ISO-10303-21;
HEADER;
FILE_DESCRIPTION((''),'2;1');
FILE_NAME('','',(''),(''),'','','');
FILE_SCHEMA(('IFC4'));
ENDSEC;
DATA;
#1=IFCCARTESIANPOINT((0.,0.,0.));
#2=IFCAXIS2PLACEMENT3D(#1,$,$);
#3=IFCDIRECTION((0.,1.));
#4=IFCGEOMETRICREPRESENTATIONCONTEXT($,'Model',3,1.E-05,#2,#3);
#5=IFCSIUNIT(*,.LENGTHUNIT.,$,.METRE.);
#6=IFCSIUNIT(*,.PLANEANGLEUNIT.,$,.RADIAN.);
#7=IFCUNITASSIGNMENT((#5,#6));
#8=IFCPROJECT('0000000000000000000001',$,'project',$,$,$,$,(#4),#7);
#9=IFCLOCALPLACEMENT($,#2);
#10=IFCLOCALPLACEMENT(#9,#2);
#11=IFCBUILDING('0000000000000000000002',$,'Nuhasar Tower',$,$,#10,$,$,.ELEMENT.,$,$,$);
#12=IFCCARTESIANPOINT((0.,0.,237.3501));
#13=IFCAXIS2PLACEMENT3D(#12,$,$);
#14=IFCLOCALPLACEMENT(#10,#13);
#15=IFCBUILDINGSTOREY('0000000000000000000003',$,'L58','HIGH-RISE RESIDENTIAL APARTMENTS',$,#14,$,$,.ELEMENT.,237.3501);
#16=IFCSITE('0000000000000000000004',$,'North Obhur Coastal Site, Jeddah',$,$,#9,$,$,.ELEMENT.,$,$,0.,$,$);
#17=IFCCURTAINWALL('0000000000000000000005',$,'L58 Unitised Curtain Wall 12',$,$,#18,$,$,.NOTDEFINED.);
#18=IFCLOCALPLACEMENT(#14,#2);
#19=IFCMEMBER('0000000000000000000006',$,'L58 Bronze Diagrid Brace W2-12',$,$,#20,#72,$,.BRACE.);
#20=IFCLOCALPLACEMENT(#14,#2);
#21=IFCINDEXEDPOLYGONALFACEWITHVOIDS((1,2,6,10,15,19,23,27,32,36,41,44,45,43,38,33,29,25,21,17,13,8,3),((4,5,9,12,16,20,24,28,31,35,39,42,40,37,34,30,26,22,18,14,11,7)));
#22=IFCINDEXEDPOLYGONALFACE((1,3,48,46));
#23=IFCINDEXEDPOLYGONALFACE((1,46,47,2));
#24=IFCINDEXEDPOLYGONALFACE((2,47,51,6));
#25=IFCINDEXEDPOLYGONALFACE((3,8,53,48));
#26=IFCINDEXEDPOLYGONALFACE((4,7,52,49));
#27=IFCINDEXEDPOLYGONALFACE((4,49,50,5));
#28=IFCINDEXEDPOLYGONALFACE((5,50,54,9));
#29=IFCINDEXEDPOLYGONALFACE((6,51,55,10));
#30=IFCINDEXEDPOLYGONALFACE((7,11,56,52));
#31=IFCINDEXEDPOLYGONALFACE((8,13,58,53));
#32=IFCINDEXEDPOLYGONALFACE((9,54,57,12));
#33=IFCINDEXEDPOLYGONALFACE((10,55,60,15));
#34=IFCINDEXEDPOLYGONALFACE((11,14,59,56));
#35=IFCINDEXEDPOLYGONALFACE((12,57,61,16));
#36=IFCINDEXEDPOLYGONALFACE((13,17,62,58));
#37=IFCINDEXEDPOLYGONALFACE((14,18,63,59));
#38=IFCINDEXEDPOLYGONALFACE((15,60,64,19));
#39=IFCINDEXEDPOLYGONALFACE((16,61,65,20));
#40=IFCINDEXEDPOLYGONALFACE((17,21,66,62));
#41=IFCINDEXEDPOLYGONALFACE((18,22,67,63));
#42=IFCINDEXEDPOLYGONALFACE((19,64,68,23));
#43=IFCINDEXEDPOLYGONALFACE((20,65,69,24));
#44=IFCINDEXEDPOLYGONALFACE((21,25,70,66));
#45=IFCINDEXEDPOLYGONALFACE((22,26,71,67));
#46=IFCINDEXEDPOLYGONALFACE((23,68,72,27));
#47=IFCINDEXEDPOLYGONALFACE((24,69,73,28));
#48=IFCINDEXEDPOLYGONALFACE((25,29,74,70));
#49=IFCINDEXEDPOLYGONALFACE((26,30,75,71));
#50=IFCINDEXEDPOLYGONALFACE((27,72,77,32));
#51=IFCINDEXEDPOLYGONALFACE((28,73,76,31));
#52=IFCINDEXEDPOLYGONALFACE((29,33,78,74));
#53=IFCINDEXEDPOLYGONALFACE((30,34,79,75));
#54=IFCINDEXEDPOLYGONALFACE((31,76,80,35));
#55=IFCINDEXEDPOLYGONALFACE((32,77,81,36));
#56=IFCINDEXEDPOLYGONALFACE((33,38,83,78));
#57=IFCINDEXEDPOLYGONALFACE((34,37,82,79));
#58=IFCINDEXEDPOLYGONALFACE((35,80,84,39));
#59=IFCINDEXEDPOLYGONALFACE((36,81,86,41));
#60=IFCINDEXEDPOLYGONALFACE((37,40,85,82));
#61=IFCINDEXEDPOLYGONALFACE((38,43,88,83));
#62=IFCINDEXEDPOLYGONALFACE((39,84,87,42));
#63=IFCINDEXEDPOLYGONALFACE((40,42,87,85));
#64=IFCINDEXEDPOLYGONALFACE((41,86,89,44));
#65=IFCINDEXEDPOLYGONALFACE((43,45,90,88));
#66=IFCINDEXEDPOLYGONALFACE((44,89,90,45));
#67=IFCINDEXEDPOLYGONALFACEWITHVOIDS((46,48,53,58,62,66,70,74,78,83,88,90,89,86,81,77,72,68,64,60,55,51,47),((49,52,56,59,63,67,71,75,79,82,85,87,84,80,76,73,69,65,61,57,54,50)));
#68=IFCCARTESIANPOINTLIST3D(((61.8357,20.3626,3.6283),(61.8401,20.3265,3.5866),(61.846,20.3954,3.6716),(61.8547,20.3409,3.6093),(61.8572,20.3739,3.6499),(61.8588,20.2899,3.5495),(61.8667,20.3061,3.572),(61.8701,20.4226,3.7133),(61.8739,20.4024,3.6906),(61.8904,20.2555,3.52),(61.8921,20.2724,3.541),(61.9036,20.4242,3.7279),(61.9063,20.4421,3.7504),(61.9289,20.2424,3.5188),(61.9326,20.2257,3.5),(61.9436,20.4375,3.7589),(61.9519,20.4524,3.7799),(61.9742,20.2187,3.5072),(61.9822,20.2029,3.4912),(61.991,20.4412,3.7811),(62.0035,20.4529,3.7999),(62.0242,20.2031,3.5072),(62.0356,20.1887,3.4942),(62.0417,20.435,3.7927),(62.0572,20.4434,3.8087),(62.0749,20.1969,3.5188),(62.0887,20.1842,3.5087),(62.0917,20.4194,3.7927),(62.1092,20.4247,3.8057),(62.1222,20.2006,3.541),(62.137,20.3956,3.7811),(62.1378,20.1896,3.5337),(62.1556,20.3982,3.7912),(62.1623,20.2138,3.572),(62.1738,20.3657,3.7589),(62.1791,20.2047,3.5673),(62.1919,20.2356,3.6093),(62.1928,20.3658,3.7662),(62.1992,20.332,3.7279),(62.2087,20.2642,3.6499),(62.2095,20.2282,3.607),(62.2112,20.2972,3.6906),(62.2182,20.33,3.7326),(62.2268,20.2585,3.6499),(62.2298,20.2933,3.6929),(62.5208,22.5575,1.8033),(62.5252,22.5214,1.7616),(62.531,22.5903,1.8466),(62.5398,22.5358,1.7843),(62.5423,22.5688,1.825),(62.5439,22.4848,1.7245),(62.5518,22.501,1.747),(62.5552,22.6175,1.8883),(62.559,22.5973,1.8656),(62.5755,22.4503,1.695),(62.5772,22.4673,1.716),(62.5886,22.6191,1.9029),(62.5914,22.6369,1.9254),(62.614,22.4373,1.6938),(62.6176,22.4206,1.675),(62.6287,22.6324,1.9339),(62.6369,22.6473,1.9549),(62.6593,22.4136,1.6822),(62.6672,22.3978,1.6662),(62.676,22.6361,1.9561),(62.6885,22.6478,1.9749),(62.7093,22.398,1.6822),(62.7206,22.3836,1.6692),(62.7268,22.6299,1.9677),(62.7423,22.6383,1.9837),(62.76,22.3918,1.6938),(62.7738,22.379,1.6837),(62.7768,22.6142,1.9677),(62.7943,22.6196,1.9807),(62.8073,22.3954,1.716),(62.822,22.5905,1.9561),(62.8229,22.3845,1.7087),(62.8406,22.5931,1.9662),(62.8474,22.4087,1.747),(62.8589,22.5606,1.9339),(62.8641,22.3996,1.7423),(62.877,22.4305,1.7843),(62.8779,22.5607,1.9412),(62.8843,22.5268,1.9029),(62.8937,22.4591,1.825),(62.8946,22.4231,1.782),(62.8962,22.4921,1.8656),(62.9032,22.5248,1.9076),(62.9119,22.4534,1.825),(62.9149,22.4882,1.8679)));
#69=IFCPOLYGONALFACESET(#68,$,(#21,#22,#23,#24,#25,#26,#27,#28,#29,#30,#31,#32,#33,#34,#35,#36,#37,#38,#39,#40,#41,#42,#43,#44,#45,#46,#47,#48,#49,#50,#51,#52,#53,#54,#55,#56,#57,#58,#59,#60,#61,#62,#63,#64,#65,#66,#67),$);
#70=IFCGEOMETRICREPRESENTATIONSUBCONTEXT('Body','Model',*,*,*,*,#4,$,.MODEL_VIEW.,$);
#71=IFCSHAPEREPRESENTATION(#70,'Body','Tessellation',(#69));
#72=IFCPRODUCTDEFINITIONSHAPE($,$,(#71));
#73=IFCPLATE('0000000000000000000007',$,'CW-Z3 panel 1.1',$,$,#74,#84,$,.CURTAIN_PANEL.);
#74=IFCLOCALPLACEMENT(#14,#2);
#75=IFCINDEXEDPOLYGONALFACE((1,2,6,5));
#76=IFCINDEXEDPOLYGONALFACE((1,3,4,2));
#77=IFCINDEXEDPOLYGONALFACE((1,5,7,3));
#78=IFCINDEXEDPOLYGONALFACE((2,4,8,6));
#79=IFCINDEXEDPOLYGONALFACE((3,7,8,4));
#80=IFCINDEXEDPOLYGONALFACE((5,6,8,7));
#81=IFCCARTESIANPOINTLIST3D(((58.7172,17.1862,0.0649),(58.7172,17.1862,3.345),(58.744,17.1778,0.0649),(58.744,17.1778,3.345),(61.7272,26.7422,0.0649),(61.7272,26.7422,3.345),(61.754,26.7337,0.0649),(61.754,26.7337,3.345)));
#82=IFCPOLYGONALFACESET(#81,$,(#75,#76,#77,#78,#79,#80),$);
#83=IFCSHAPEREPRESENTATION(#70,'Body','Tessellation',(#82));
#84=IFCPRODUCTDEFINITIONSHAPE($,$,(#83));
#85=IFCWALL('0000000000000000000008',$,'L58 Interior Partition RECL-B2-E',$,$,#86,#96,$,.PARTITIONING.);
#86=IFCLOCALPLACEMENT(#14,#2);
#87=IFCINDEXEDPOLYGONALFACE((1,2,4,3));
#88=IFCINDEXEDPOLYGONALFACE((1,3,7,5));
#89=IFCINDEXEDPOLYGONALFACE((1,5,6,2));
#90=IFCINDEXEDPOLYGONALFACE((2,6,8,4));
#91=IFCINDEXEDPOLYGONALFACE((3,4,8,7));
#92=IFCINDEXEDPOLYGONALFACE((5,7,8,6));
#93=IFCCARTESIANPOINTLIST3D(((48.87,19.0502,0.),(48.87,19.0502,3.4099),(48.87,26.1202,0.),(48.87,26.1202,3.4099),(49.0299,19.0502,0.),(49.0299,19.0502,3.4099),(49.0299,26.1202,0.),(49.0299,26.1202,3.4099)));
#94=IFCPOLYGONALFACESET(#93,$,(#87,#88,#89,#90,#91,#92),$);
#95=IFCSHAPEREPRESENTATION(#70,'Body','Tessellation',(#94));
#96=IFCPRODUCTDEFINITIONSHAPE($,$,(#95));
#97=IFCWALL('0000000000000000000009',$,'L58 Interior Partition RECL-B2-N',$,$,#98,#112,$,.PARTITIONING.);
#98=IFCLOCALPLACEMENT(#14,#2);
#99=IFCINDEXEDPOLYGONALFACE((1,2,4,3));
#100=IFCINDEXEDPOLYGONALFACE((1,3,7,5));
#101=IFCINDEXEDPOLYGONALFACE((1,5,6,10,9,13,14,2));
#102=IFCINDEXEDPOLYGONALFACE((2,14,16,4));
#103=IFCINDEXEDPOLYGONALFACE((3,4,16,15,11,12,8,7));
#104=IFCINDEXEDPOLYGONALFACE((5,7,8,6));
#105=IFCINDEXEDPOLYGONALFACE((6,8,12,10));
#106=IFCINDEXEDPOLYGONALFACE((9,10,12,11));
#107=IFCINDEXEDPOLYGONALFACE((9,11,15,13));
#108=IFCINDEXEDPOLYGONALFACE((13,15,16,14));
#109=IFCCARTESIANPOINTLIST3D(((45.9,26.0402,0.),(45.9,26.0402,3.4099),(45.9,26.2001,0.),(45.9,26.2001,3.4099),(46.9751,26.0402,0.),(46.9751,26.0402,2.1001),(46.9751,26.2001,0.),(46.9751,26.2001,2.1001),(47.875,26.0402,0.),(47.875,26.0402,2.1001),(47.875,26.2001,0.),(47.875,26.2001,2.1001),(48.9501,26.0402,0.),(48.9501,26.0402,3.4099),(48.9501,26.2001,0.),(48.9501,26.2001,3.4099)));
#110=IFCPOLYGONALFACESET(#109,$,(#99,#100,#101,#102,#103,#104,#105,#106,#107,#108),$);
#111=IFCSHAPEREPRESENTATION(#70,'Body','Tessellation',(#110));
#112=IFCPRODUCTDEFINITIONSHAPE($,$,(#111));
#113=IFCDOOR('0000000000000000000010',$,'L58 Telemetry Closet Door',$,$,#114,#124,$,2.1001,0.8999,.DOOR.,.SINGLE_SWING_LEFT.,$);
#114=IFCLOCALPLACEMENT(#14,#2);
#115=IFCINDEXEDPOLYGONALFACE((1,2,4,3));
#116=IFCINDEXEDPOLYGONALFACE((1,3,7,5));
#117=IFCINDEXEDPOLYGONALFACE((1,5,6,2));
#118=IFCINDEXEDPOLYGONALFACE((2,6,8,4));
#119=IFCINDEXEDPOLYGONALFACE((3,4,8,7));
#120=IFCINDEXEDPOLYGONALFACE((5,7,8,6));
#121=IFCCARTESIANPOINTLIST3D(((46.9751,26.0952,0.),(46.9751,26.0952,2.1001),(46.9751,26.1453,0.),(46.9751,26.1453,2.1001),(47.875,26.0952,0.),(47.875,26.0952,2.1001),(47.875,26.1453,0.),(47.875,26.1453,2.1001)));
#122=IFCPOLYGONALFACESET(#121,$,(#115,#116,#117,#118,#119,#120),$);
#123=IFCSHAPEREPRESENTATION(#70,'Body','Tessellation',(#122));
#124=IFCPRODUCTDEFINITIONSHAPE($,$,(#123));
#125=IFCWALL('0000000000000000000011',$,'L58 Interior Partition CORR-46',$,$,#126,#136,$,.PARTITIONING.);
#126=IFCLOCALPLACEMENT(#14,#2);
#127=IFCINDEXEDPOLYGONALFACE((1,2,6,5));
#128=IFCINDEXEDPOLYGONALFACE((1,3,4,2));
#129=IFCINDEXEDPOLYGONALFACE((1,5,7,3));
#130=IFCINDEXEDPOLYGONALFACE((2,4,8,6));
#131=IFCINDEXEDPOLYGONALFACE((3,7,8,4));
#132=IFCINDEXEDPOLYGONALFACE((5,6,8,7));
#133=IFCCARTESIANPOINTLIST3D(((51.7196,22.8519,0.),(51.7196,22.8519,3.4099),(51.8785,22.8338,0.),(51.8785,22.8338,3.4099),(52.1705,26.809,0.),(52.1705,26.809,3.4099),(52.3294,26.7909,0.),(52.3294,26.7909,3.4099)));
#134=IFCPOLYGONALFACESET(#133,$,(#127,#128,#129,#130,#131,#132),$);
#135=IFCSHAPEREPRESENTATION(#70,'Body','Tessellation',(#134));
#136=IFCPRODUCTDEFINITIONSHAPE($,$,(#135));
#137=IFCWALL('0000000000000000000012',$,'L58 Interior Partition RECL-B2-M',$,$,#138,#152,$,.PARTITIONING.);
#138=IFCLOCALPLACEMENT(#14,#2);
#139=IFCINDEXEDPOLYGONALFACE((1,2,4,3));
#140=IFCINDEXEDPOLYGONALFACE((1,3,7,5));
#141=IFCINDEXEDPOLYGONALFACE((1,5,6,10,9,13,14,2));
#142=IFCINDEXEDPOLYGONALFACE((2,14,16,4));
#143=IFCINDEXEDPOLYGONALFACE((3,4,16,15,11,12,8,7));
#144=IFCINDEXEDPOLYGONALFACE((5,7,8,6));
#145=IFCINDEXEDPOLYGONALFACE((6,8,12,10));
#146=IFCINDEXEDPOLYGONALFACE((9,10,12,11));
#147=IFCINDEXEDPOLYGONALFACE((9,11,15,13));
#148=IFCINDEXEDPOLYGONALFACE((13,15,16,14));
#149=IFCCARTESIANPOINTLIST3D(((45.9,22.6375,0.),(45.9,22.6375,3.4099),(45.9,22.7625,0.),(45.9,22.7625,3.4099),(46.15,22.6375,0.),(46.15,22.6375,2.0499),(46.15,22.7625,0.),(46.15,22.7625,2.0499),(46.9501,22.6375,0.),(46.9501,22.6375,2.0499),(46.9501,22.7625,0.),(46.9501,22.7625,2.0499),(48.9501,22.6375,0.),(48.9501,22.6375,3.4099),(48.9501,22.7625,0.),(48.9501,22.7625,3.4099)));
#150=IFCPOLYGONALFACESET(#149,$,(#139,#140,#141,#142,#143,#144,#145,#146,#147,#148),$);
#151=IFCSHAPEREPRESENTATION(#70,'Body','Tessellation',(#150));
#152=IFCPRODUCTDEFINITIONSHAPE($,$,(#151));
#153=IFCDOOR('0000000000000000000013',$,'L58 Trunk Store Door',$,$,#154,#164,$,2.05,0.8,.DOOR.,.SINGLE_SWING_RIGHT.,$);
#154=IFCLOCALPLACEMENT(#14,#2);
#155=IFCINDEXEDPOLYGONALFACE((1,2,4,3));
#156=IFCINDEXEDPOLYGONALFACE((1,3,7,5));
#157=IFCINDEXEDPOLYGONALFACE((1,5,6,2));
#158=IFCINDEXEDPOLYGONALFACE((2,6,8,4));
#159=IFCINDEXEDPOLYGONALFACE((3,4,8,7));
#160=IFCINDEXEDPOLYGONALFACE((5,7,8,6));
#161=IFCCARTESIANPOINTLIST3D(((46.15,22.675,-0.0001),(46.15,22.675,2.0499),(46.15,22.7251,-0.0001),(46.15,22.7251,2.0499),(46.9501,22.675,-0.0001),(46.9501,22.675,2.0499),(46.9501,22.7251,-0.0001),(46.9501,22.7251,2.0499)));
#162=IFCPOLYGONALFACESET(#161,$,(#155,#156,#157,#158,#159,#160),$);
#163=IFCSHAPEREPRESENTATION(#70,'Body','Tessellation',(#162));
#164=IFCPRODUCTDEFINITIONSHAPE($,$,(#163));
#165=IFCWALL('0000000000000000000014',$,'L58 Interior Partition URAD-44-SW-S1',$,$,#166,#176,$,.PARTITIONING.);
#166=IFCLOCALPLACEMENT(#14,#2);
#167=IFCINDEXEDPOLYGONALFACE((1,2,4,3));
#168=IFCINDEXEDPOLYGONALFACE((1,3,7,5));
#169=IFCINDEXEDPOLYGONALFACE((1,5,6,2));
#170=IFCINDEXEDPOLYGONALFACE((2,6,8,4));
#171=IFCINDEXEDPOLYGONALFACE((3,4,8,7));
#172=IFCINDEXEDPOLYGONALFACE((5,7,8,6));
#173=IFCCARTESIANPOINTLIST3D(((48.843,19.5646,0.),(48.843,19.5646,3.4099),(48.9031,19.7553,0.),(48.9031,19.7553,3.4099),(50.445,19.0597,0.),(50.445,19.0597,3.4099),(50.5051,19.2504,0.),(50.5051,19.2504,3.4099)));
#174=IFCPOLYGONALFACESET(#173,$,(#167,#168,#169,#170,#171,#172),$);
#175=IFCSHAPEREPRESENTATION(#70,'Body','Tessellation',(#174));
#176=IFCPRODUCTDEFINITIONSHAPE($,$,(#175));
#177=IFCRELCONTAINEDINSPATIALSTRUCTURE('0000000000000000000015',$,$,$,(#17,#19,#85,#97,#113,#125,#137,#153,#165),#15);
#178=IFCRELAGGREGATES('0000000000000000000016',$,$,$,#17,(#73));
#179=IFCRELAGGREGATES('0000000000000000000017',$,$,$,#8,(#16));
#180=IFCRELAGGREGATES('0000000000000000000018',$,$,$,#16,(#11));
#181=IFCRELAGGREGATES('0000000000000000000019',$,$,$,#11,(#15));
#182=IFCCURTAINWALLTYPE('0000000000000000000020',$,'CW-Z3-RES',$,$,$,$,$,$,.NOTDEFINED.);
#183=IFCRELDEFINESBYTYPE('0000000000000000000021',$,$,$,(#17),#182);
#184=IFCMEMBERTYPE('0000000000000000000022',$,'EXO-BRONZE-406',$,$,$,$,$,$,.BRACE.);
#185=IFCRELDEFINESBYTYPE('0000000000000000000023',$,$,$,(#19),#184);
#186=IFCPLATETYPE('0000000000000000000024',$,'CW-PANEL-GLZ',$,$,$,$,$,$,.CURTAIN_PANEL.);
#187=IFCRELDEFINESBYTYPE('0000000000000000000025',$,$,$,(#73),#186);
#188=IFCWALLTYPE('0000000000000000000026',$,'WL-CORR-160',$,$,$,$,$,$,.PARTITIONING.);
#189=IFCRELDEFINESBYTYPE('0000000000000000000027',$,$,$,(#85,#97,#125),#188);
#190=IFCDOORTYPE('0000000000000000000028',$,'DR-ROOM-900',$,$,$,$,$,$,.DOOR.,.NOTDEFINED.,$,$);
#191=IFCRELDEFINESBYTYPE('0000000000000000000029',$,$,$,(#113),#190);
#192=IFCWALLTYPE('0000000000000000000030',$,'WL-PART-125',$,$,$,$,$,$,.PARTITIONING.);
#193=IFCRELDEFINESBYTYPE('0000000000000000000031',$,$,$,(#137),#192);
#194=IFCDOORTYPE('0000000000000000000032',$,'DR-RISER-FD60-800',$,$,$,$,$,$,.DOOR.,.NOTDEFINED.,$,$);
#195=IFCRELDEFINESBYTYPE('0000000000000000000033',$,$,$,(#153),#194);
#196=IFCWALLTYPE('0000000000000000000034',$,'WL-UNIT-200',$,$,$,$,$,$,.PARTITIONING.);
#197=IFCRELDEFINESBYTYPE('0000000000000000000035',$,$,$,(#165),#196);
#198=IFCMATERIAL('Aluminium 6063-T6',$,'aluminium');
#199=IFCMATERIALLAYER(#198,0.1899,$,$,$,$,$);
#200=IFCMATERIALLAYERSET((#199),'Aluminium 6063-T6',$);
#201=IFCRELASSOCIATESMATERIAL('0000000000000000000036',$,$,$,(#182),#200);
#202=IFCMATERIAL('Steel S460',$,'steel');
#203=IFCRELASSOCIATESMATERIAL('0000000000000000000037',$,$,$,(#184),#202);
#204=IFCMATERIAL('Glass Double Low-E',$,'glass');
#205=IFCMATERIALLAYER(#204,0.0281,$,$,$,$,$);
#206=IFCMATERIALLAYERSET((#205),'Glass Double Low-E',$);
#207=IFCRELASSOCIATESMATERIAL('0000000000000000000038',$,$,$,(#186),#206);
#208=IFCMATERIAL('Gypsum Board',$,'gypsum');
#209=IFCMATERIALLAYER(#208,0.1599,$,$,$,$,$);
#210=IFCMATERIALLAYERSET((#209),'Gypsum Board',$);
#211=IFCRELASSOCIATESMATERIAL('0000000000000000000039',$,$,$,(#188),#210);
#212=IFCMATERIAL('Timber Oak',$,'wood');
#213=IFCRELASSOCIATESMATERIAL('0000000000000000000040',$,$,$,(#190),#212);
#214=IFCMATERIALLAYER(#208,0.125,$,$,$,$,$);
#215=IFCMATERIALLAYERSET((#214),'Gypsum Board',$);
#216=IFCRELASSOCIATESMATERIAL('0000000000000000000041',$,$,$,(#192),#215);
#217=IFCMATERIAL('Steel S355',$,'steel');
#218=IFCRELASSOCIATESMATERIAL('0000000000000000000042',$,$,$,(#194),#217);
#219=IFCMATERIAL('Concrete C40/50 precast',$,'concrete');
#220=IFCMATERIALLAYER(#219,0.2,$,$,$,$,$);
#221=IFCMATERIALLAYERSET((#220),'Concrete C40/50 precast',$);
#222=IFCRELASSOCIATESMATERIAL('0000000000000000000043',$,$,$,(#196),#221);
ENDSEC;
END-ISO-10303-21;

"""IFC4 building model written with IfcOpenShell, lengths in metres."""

from ifc_helpers import new_model, si_unit, direction, frame, frame_2d, origin, origin_2d, place, context, subcontext, project, spatial, rectangle, hollow_circle, extrude, material, layer, layer_set, material_profile, profile_set, type_object, element, fill, aggregate, save


model = new_model("IFC4")

# Units and contexts
model_context = context("Model", 3, precision=1e-05, world=origin(), true_north=direction((0.0, 1.0)))
body_context = subcontext(model_context, "Body", "Model", "MODEL_VIEW")
ifc_project = project(units=[si_unit("LENGTHUNIT", "METRE"), si_unit("PLANEANGLEUNIT", "RADIAN")], contexts=[model_context])

# Site, building, storey
site_placement = place(None, origin())
site = spatial("IfcSite", under=ifc_project, at=site_placement, Name="North Obhur Coastal Site, Jeddah", CompositionType="ELEMENT", RefElevation=0.0)
building_placement = place(site_placement, origin())
building = spatial("IfcBuilding", under=site, at=building_placement, Name="Nuhasar Tower", CompositionType="ELEMENT")
storey_placement = place(building_placement, frame((0.0, 0.0, 237.3501)))
storey = spatial("IfcBuildingStorey", under=building, at=storey_placement, Name="L58", Description="HIGH-RISE RESIDENTIAL APARTMENTS", CompositionType="ELEMENT", Elevation=237.3501)

# Shared definitions
ifc_material_1 = material(Name="Steel S355", Category="steel")

# Curtain wall
ifc_material_2 = material(Name="Aluminium 6063-T6", Category="aluminium")
ifc_layer_1 = layer(ifc_material_2, 0.1899)
ifc_layer_set_1 = layer_set([ifc_layer_1], Name="Aluminium 6063-T6")
curtain_wall_type = type_object("IfcCurtainWallType", Name="CW-Z3-RES", PredefinedType="NOTDEFINED", material=ifc_layer_set_1)
curtain_wall_placement = place(storey_placement, origin())
curtain_wall = element("IfcCurtainWall", 1, at=curtain_wall_placement, inside=storey, type_object=curtain_wall_type, Name="L58 Unitised Curtain Wall 12", PredefinedType="NOTDEFINED")

# Member
ifc_material_3 = material(Name="Steel S460", Category="steel")
ifc_material_profile_1 = material_profile(ifc_material_3, hollow_circle(Radius=0.2031, WallThickness=0.019, at=origin_2d()), Name="HSS406.4X19.1")
ifc_profile_set_1 = profile_set([ifc_material_profile_1], Name="Steel S460")
member_type_1 = type_object("IfcMemberType", Name="EXO-BRONZE-406", PredefinedType="BRACE", material=ifc_profile_set_1)
for number, where, z_axis, x_axis, name in (
    (2, (62.718, 22.5139, 1.825), (-0.233372, -0.74769, 0.621689), (0.954582, -0.297948, 0.0), "L58 Bronze Diagrid Brace W2-12"),
):
    element("IfcMember", number, at=place(storey_placement, frame(where, z_axis=z_axis, x_axis=x_axis)), inside=storey, type_object=member_type_1, Name=name, PredefinedType="BRACE", context=body_context, shape_type="SweptSolid", body=[
        extrude(hollow_circle(Radius=0.2031, WallThickness=0.019, at=origin_2d()), origin(), (0.0, 0.0, 1.0), 2.9355),
    ])

# Plate
ifc_material_4 = material(Name="Glass Double Low-E", Category="glass")
ifc_layer_2 = layer(ifc_material_4, 0.0281)
ifc_layer_set_2 = layer_set([ifc_layer_2], Name="Glass Double Low-E")
plate_type = type_object("IfcPlateType", Name="CW-PANEL-GLZ", PredefinedType="CURTAIN_PANEL", material=ifc_layer_set_2)
plate_placement = place(storey_placement, frame((60.2356, 21.96, 0.0649), z_axis=(0.0, 0.0, 1.0), x_axis=(0.300429, 0.953804, 0.0)))
plate = element("IfcPlate", 3, at=plate_placement, type_object=plate_type, Name="CW-Z3 panel 1.1", PredefinedType="CURTAIN_PANEL", context=body_context, shape_type="SweptSolid", body=[
    extrude(rectangle(XDim=10.0188, YDim=0.0281, at=origin_2d()), origin(), (0.0, 0.0, 1.0), 3.28),
])
aggregate(curtain_wall, [plate])

# Wall
ifc_material_5 = material(Name="Gypsum Board", Category="gypsum")
ifc_layer_3 = layer(ifc_material_5, 0.1599)
ifc_layer_set_3 = layer_set([ifc_layer_3], Name="Gypsum Board")
wall_type_1 = type_object("IfcWallType", Name="WL-CORR-160", PredefinedType="PARTITIONING", material=ifc_layer_set_3)
wall_1_placement = place(storey_placement, frame((48.95, 19.05, 0.0), z_axis=(0.0, 0.0, 1.0), x_axis=(0.0, 1.0, 0.0)))
element("IfcWall", 4, at=wall_1_placement, inside=storey, type_object=wall_type_1, Name="L58 Interior Partition RECL-B2-E", PredefinedType="PARTITIONING", context=body_context, shape_type="SweptSolid", body=[
    extrude(rectangle(XDim=7.0701, YDim=0.1599, at=frame_2d((3.5352, 0.0))), origin(), (0.0, 0.0, 1.0), 3.4099),
])

# Wall, opening, door
wall_2_placement = place(storey_placement, frame((48.95, 26.1201, 0.0), z_axis=(0.0, 0.0, 1.0), x_axis=(-1.0, 0.0, 0.0)))
wall_2 = element("IfcWall", 5, at=wall_2_placement, inside=storey, type_object=wall_type_1, Name="L58 Interior Partition RECL-B2-N", PredefinedType="PARTITIONING", context=body_context, shape_type="SweptSolid", body=[
    extrude(rectangle(XDim=3.05, YDim=0.1599, at=frame_2d((1.5249, 0.0))), origin(), (0.0, 0.0, 1.0), 3.4099),
])
opening_1_placement = place(wall_2_placement, frame((1.075, 0.0, 0.0)))
opening_1 = element("IfcOpeningElement", 6, at=opening_1_placement, cuts=wall_2, PredefinedType="OPENING", context=body_context, shape_type="SweptSolid", body=[
    extrude(rectangle(XDim=0.8999, YDim=2.1001, at=frame_2d((0.45, 1.05))), frame((0.0, 0.0898, 0.0), z_axis=(0.0, -1.0, 0.0), x_axis=(1.0, 0.0, 0.0)), (0.0, 0.0, 1.0), 0.1799),
])
ifc_material_6 = material(Name="Timber Oak", Category="wood")
door_type_1 = type_object("IfcDoorType", Name="DR-ROOM-900", OperationType="NOTDEFINED", PredefinedType="DOOR", material=ifc_material_6)
door_1_placement = place(opening_1_placement, origin())
door_1 = element("IfcDoor", 7, at=door_1_placement, inside=storey, type_object=door_type_1, Name="L58 Telemetry Closet Door", OperationType="SINGLE_SWING_LEFT", OverallHeight=2.1001, OverallWidth=0.8999, PredefinedType="DOOR", context=body_context, shape_type="SweptSolid", body=[
    extrude(rectangle(XDim=0.8999, YDim=2.1001, at=frame_2d((0.45, 1.05))), frame((0.0, 0.0249, 0.0), z_axis=(0.0, -1.0, 0.0), x_axis=(1.0, 0.0, 0.0)), (0.0, 0.0, 1.0), 0.05),
])
fill(opening_1, door_1)

# Wall
wall_3_placement = place(storey_placement, frame((51.7991, 22.843, 0.0), z_axis=(0.0, 0.0, 1.0), x_axis=(0.113223, 0.99357, 0.0)))
element("IfcWall", 8, at=wall_3_placement, inside=storey, type_object=wall_type_1, Name="L58 Interior Partition CORR-46", PredefinedType="PARTITIONING", context=body_context, shape_type="SweptSolid", body=[
    extrude(rectangle(XDim=3.9827, YDim=0.1599, at=frame_2d((1.9912, 0.0))), origin(), (0.0, 0.0, 1.0), 3.4099),
])

# Wall, opening, door
ifc_layer_4 = layer(ifc_material_5, 0.125)
ifc_layer_set_4 = layer_set([ifc_layer_4], Name="Gypsum Board")
wall_type_2 = type_object("IfcWallType", Name="WL-PART-125", PredefinedType="PARTITIONING", material=ifc_layer_set_4)
wall_4_placement = place(storey_placement, frame((48.95, 22.7, 0.0), z_axis=(0.0, 0.0, 1.0), x_axis=(-1.0, 0.0, 0.0)))
wall_4 = element("IfcWall", 9, at=wall_4_placement, inside=storey, type_object=wall_type_2, Name="L58 Interior Partition RECL-B2-M", PredefinedType="PARTITIONING", context=body_context, shape_type="SweptSolid", body=[
    extrude(rectangle(XDim=3.05, YDim=0.125, at=frame_2d((1.5249, 0.0))), origin(), (0.0, 0.0, 1.0), 3.4099),
])
opening_2_placement = place(wall_4_placement, frame((2.0, 0.0, 0.0)))
opening_2 = element("IfcOpeningElement", 10, at=opening_2_placement, cuts=wall_4, PredefinedType="OPENING", context=body_context, shape_type="SweptSolid", body=[
    extrude(rectangle(XDim=0.8, YDim=2.05, at=frame_2d((0.3999, 1.0249))), frame((0.0, 0.0725, 0.0), z_axis=(0.0, -1.0, 0.0), x_axis=(1.0, 0.0, 0.0)), (0.0, 0.0, 1.0), 0.145),
])
door_type_2 = type_object("IfcDoorType", Name="DR-RISER-FD60-800", OperationType="NOTDEFINED", PredefinedType="DOOR", material=ifc_material_1)
door_2_placement = place(opening_2_placement, origin())
door_2 = element("IfcDoor", 11, at=door_2_placement, inside=storey, type_object=door_type_2, Name="L58 Trunk Store Door", OperationType="SINGLE_SWING_RIGHT", OverallHeight=2.05, OverallWidth=0.8, PredefinedType="DOOR", context=body_context, shape_type="SweptSolid", body=[
    extrude(rectangle(XDim=0.8, YDim=2.05, at=frame_2d((0.3999, 1.0249))), frame((0.0, 0.0249, 0.0), z_axis=(0.0, -1.0, 0.0), x_axis=(1.0, 0.0, 0.0)), (0.0, 0.0, 1.0), 0.05),
])
fill(opening_2, door_2)

# Wall
ifc_material_7 = material(Name="Concrete C40/50 precast", Category="concrete")
ifc_layer_5 = layer(ifc_material_7, 0.2)
ifc_layer_set_5 = layer_set([ifc_layer_5], Name="Concrete C40/50 precast")
wall_type_3 = type_object("IfcWallType", Name="WL-UNIT-200", PredefinedType="PARTITIONING", material=ifc_layer_set_5)
wall_5_placement = place(storey_placement, frame((48.873, 19.6599, 0.0), z_axis=(0.0, 0.0, 1.0), x_axis=(0.953758, -0.300575, 0.0)))
element("IfcWall", 12, at=wall_5_placement, inside=storey, type_object=wall_type_3, Name="L58 Interior Partition URAD-44-SW-S1", PredefinedType="PARTITIONING", context=body_context, shape_type="SweptSolid", body=[
    extrude(rectangle(XDim=1.6797, YDim=0.2, at=frame_2d((0.8398, 0.0))), origin(), (0.0, 0.0, 1.0), 3.4099),
])

save(model, "model.ifc")
